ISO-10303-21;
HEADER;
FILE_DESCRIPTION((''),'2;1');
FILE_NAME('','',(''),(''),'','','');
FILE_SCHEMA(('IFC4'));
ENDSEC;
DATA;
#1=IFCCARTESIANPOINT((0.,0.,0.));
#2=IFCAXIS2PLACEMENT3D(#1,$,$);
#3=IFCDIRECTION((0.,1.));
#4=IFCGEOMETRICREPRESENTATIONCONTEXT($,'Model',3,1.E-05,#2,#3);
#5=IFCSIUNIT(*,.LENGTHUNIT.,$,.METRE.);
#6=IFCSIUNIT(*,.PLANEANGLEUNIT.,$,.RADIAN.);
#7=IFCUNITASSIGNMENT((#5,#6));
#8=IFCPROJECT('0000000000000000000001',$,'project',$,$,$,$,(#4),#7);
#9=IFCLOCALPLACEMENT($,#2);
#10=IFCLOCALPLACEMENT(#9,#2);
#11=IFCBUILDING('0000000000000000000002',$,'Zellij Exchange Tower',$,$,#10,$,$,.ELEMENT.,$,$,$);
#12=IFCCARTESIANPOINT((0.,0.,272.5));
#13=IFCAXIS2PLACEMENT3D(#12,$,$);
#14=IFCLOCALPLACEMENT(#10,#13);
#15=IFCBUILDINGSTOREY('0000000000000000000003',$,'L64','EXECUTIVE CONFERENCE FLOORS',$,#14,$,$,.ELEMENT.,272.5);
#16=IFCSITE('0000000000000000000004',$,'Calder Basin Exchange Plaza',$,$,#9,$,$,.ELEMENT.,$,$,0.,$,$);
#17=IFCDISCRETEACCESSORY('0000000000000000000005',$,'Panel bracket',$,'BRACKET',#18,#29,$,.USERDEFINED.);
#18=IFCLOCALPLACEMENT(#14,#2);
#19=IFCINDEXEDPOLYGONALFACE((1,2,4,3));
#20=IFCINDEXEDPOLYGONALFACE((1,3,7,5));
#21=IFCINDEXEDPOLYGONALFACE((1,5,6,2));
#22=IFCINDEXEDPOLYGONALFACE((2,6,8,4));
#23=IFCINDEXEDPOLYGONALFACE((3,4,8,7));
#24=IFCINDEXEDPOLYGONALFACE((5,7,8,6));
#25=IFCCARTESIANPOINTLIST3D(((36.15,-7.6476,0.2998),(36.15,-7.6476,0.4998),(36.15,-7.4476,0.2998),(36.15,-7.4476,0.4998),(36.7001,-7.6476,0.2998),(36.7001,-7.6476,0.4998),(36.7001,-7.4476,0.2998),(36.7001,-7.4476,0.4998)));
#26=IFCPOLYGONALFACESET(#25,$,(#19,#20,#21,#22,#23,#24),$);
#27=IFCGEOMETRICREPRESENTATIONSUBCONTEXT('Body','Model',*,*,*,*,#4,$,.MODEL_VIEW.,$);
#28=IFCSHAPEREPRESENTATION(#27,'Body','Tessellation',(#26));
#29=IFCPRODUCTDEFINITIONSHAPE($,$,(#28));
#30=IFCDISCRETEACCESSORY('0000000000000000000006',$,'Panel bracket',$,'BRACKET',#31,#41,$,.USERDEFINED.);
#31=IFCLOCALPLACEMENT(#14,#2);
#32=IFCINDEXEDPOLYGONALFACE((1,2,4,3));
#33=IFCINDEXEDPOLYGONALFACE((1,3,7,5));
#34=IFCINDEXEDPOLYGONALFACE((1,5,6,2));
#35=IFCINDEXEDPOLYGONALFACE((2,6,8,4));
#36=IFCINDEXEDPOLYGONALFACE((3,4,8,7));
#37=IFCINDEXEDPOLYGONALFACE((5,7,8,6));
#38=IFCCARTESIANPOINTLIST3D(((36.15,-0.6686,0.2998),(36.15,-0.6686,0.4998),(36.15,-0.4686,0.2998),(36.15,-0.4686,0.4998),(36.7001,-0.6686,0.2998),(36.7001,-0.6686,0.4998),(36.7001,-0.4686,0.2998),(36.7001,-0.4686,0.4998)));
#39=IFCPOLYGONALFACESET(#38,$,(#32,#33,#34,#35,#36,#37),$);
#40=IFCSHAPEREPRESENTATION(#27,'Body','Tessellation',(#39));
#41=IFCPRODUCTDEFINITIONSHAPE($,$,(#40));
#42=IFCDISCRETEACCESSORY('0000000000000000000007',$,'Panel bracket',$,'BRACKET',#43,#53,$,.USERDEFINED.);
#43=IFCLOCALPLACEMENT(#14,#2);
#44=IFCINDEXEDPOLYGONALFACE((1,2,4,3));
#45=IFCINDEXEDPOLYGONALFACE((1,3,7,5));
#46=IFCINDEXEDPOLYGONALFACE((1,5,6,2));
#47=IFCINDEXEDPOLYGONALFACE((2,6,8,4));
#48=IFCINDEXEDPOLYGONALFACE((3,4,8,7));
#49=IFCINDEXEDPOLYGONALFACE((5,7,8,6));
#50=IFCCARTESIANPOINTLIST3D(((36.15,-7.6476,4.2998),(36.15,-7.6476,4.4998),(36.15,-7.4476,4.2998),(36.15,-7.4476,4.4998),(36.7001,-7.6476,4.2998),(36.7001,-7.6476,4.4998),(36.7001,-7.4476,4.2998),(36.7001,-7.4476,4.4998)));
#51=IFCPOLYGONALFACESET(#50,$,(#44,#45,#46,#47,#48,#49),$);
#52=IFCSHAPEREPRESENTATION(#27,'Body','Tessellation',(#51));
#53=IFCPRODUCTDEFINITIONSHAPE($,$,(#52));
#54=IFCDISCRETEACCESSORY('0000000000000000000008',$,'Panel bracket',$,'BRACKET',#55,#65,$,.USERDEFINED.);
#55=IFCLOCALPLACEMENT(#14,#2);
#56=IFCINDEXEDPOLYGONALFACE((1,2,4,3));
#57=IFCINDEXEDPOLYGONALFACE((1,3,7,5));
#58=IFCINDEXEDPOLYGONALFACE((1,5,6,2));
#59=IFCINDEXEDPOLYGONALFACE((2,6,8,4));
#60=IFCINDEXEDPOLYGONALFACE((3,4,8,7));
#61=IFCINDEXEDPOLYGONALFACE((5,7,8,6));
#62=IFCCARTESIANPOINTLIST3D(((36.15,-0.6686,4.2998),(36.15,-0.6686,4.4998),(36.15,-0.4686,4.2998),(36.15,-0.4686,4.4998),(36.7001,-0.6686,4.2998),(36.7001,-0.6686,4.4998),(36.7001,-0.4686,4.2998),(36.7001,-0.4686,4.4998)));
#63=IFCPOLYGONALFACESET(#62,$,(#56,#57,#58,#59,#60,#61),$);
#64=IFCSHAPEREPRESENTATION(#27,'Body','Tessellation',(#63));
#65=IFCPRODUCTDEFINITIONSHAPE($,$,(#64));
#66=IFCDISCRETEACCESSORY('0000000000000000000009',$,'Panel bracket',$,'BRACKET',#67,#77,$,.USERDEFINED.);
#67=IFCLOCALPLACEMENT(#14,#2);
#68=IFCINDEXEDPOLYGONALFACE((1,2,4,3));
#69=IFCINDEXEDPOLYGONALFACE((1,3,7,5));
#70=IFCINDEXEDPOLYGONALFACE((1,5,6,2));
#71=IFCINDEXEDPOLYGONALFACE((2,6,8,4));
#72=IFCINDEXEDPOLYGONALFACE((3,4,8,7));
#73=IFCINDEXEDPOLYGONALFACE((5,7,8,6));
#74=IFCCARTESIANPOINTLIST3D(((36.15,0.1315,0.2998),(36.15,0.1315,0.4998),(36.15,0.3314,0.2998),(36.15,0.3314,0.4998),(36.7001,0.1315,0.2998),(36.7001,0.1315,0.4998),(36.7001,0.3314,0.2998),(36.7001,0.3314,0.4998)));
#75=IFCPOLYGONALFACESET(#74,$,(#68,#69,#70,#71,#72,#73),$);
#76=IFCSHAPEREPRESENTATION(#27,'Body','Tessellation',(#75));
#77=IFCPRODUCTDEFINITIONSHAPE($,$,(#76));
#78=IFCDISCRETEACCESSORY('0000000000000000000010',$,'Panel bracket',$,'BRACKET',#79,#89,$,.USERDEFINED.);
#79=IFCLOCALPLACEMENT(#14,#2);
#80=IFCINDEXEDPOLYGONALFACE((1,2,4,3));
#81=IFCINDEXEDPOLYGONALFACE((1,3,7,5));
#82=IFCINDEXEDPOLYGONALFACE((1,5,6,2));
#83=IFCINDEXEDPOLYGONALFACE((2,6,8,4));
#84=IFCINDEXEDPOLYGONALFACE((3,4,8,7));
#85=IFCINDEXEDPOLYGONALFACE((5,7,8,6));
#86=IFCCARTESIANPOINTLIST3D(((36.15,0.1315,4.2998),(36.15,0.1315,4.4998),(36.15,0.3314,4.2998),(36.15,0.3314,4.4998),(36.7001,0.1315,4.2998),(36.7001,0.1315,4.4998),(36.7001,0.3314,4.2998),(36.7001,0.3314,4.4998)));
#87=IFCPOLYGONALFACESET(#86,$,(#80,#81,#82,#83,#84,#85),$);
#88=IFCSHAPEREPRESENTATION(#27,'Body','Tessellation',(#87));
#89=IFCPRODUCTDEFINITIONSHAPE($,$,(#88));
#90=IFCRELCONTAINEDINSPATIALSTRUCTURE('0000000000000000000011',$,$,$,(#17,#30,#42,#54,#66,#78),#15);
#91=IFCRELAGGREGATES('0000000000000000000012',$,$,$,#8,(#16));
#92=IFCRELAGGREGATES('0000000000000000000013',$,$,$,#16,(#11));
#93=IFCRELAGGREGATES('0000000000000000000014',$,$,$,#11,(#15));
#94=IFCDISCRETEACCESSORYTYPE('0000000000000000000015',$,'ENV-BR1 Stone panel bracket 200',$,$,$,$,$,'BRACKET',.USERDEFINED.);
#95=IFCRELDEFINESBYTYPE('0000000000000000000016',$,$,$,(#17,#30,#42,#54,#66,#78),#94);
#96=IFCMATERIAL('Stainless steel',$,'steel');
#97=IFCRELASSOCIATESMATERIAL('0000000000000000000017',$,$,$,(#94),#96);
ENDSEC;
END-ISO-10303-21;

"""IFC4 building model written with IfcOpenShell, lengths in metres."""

from ifc_helpers import new_model, si_unit, direction, frame, origin, origin_2d, place, context, subcontext, project, spatial, rectangle, extrude, material, type_object, element, save


model = new_model("IFC4")

# Units and contexts
model_context = context("Model", 3, precision=1e-05, world=origin(), true_north=direction((0.0, 1.0)))
body_context = subcontext(model_context, "Body", "Model", "MODEL_VIEW")
ifc_project = project(units=[si_unit("LENGTHUNIT", "METRE"), si_unit("PLANEANGLEUNIT", "RADIAN")], contexts=[model_context])

# Site, building, storey
site_placement = place(None, origin())
site = spatial("IfcSite", under=ifc_project, at=site_placement, Name="Calder Basin Exchange Plaza", CompositionType="ELEMENT", RefElevation=0.0)
building_placement = place(site_placement, origin())
building = spatial("IfcBuilding", under=site, at=building_placement, Name="Zellij Exchange Tower", CompositionType="ELEMENT")
storey_placement = place(building_placement, frame((0.0, 0.0, 272.5)))
storey = spatial("IfcBuildingStorey", under=building, at=storey_placement, Name="L64", Description="EXECUTIVE CONFERENCE FLOORS", CompositionType="ELEMENT", Elevation=272.5)

# Discrete accessories
ifc_material_1 = material(Name="Stainless steel", Category="steel")
discrete_accessory_type = type_object("IfcDiscreteAccessoryType", Name="ENV-BR1 Stone panel bracket 200", ElementType="BRACKET", PredefinedType="USERDEFINED", material=ifc_material_1)
for number, where, z_axis, x_axis, name in (
    (1, (36.425, -7.5476, 0.2998), (0.0, 0.0, 1.0), (0.0, 1.0, 0.0), "Panel bracket"),
    (2, (36.425, -0.5686, 0.2998), (0.0, 0.0, 1.0), (0.0, 1.0, 0.0), "Panel bracket"),
    (3, (36.425, -7.5476, 4.2998), (0.0, 0.0, 1.0), (0.0, 1.0, 0.0), "Panel bracket"),
    (4, (36.425, -0.5686, 4.2998), (0.0, 0.0, 1.0), (0.0, 1.0, 0.0), "Panel bracket"),
    (5, (36.425, 0.2314, 0.2998), (0.0, 0.0, 1.0), (0.0, 1.0, 0.0), "Panel bracket"),
    (6, (36.425, 0.2314, 4.2998), (0.0, 0.0, 1.0), (0.0, 1.0, 0.0), "Panel bracket"),
):
    element("IfcDiscreteAccessory", number, at=place(storey_placement, frame(where, z_axis=z_axis, x_axis=x_axis)), inside=storey, type_object=discrete_accessory_type, Name=name, ObjectType="BRACKET", PredefinedType="USERDEFINED", context=body_context, shape_type="SweptSolid", body=[
        extrude(rectangle(XDim=0.2, YDim=0.55, at=origin_2d()), origin(), (0.0, 0.0, 1.0), 0.2),
    ])

save(model, "model.ifc")
